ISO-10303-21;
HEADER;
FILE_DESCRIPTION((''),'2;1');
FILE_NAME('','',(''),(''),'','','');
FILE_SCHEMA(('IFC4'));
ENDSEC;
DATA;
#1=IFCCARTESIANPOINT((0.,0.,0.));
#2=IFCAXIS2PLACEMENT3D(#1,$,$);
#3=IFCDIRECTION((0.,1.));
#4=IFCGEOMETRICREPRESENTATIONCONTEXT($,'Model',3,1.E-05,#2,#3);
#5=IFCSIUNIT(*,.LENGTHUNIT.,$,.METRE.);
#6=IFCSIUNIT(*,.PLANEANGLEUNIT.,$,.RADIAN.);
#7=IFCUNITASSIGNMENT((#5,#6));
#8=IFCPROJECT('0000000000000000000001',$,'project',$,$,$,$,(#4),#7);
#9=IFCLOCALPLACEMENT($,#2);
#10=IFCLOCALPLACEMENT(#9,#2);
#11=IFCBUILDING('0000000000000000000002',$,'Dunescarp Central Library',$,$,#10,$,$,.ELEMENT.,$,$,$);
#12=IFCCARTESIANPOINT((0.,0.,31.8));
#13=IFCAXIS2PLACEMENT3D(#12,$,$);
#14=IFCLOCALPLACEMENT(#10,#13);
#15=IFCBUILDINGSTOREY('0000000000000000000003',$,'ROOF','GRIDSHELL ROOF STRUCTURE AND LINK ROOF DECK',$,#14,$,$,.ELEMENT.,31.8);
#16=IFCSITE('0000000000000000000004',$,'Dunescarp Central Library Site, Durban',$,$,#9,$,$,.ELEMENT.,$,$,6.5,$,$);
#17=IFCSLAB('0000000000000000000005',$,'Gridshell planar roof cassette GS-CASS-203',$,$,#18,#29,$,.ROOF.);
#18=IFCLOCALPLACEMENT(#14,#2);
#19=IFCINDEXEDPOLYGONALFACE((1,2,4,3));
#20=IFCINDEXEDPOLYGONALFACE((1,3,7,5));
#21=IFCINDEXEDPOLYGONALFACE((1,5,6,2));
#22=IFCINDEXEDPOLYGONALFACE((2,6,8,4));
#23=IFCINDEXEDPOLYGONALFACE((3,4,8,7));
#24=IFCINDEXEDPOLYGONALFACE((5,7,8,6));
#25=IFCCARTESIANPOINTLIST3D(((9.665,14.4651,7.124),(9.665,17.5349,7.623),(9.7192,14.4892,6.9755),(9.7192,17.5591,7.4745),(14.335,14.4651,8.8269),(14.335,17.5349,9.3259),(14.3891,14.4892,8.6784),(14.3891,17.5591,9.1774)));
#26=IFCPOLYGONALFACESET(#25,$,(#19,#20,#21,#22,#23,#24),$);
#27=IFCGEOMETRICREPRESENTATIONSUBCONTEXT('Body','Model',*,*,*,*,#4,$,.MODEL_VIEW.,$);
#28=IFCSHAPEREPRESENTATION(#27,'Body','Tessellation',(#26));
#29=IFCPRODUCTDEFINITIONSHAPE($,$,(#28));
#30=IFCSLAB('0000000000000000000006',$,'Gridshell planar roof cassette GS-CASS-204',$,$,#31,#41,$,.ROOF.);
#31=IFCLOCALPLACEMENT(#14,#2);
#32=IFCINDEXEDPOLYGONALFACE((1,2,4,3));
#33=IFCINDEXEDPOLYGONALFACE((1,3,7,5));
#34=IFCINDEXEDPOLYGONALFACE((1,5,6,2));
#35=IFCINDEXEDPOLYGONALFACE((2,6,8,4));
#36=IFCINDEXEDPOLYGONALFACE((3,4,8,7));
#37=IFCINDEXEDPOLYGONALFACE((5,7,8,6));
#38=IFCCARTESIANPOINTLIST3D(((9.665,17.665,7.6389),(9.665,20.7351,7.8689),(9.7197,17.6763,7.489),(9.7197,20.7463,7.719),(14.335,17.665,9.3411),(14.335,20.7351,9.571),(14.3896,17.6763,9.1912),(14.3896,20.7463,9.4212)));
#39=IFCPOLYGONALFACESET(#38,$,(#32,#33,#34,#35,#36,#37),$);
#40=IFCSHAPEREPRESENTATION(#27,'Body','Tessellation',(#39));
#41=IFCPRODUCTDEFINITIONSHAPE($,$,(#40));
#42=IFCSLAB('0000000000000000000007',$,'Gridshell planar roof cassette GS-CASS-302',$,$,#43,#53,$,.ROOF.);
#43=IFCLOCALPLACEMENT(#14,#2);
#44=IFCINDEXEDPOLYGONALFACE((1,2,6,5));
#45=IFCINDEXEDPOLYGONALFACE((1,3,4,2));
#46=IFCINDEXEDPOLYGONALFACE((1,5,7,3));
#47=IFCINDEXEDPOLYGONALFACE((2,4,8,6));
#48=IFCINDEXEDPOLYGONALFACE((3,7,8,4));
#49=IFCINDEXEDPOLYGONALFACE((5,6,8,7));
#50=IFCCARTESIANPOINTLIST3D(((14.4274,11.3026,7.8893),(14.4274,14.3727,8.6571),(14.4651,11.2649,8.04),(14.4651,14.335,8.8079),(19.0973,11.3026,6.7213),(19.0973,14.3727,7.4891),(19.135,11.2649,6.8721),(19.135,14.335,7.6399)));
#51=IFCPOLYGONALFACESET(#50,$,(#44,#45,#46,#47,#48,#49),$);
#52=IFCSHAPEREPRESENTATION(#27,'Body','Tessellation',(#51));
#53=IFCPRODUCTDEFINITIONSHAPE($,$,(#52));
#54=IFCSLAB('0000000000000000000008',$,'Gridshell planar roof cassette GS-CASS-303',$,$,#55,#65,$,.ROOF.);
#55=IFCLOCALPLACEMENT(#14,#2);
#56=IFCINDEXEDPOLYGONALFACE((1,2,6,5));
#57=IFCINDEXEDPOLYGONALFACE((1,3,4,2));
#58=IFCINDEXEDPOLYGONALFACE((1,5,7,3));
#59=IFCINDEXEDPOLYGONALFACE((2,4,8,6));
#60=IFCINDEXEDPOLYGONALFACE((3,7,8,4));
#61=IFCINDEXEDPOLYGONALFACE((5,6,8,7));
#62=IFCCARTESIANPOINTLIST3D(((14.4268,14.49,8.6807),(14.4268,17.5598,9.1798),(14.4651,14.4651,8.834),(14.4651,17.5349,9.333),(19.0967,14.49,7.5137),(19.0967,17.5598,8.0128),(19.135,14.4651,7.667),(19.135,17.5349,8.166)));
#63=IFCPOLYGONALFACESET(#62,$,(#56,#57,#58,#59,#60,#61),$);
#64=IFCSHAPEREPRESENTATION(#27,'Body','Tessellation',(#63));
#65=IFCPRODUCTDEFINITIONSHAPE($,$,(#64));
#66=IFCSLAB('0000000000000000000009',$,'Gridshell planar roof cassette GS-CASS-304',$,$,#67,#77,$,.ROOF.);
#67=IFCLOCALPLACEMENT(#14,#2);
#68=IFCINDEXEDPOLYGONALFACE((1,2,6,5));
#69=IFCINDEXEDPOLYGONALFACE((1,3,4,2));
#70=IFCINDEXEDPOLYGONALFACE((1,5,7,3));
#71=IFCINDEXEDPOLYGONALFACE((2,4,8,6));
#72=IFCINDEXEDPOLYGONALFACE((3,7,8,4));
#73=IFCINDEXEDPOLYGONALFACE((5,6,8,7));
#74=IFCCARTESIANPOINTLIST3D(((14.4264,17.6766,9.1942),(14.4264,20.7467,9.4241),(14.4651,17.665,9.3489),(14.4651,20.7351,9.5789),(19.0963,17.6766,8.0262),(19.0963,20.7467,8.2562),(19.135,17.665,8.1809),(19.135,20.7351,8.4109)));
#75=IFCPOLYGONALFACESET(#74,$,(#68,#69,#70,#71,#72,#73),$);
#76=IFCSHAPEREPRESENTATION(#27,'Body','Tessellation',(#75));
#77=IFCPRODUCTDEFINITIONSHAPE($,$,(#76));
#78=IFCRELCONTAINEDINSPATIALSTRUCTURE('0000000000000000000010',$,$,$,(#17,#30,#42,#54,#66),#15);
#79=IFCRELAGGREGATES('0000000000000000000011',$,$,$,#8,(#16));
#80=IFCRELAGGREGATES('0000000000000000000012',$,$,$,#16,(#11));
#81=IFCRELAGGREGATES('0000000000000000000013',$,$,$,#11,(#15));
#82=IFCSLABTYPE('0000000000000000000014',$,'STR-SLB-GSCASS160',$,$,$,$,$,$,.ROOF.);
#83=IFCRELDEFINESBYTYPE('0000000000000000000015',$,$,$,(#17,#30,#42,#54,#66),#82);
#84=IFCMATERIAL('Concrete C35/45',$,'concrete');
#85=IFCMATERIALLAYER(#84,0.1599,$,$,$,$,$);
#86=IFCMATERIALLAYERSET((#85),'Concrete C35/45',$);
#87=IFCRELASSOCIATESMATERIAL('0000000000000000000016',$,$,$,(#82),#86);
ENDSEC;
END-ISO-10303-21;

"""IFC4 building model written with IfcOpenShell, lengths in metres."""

from ifc_helpers import new_model, si_unit, direction, frame, origin, place, context, subcontext, project, spatial, polyline, outline, extrude, material, layer, layer_set, type_object, element, save


model = new_model("IFC4")

# Units and contexts
model_context = context("Model", 3, precision=1e-05, world=origin(), true_north=direction((0.0, 1.0)))
body_context = subcontext(model_context, "Body", "Model", "MODEL_VIEW")
ifc_project = project(units=[si_unit("LENGTHUNIT", "METRE"), si_unit("PLANEANGLEUNIT", "RADIAN")], contexts=[model_context])

# Site, building, storey
site_placement = place(None, origin())
site = spatial("IfcSite", under=ifc_project, at=site_placement, Name="Dunescarp Central Library Site, Durban", CompositionType="ELEMENT", RefElevation=6.5)
building_placement = place(site_placement, origin())
building = spatial("IfcBuilding", under=site, at=building_placement, Name="Dunescarp Central Library", CompositionType="ELEMENT")
storey_placement = place(building_placement, frame((0.0, 0.0, 31.8)))
storey = spatial("IfcBuildingStorey", under=building, at=storey_placement, Name="ROOF", Description="GRIDSHELL ROOF STRUCTURE AND LINK ROOF DECK", CompositionType="ELEMENT", Elevation=31.8)

# Slabs
ifc_material_1 = material(Name="Concrete C35/45", Category="concrete")
ifc_layer_1 = layer(ifc_material_1, 0.1599)
ifc_layer_set_1 = layer_set([ifc_layer_1], Name="Concrete C35/45")
slab_type = type_object("IfcSlabType", Name="STR-SLB-GSCASS160", PredefinedType="ROOF", material=ifc_layer_set_1)
slab_1_placement = place(storey_placement, frame((9.665, 14.4651, 7.124), z_axis=(-0.338656, -0.15097, 0.928719), x_axis=(0.939488, 0.0, 0.342583)))
element("IfcSlab", 1, at=slab_1_placement, inside=storey, type_object=slab_type, Name="Gridshell planar roof cassette GS-CASS-203", PredefinedType="ROOF", context=body_context, shape_type="SweptSolid", body=[
    extrude(outline(polyline([(0.0, 0.0), (4.9707, 0.0), (5.1417, 3.1054), (0.171, 3.1054), (0.0, 0.0)])), origin(), (0.0, 0.0, -1.0), 0.1599),
])
slab_2_placement = place(storey_placement, frame((9.665, 17.665, 7.6389), z_axis=(-0.341608, -0.070207, 0.937217), x_axis=(0.939535, 0.0, 0.342453)))
element("IfcSlab", 2, at=slab_2_placement, inside=storey, type_object=slab_type, Name="Gridshell planar roof cassette GS-CASS-204", PredefinedType="ROOF", context=body_context, shape_type="SweptSolid", body=[
    extrude(outline(polyline([(0.0, 0.0), (4.9705, 0.0), (5.0492, 3.0777), (0.0788, 3.0777), (0.0, 0.0)])), origin(), (0.0, 0.0, -1.0), 0.1599),
])
slab_3_placement = place(storey_placement, frame((14.4651, 11.2649, 8.04), z_axis=(0.23579, -0.235785, 0.942766), x_axis=(0.970119, 0.0, -0.242631)))
element("IfcSlab", 3, at=slab_3_placement, inside=storey, type_object=slab_type, Name="Gridshell planar roof cassette GS-CASS-302", PredefinedType="ROOF", context=body_context, shape_type="SweptSolid", body=[
    extrude(outline(polyline([(0.0, 0.0), (4.8138, 0.0), (4.6275, 3.1591), (-0.1863, 3.1591), (0.0, 0.0)])), origin(), (0.0, 0.0, -1.0), 0.1599),
])
slab_4_placement = place(storey_placement, frame((14.4651, 14.4651, 8.834), z_axis=(0.23948, -0.155783, 0.958322), x_axis=(0.970166, 0.0, -0.24244)))
element("IfcSlab", 4, at=slab_4_placement, inside=storey, type_object=slab_type, Name="Gridshell planar roof cassette GS-CASS-303", PredefinedType="ROOF", context=body_context, shape_type="SweptSolid", body=[
    extrude(outline(polyline([(0.0, 0.0), (4.8135, 0.0), (4.6925, 3.1078), (-0.121, 3.1078), (0.0, 0.0)])), origin(), (0.0, 0.0, -1.0), 0.1599),
])
slab_5_placement = place(storey_placement, frame((14.4651, 17.665, 9.3489), z_axis=(0.241993, -0.072481, 0.967567), x_axis=(0.970119, 0.0, -0.242631)))
element("IfcSlab", 5, at=slab_5_placement, inside=storey, type_object=slab_type, Name="Gridshell planar roof cassette GS-CASS-304", PredefinedType="ROOF", context=body_context, shape_type="SweptSolid", body=[
    extrude(outline(polyline([(0.0, 0.0), (4.8138, 0.0), (4.758, 3.0782), (-0.0558, 3.0782), (0.0, 0.0)])), origin(), (0.0, 0.0, -1.0), 0.1599),
])

save(model, "model.ifc")
